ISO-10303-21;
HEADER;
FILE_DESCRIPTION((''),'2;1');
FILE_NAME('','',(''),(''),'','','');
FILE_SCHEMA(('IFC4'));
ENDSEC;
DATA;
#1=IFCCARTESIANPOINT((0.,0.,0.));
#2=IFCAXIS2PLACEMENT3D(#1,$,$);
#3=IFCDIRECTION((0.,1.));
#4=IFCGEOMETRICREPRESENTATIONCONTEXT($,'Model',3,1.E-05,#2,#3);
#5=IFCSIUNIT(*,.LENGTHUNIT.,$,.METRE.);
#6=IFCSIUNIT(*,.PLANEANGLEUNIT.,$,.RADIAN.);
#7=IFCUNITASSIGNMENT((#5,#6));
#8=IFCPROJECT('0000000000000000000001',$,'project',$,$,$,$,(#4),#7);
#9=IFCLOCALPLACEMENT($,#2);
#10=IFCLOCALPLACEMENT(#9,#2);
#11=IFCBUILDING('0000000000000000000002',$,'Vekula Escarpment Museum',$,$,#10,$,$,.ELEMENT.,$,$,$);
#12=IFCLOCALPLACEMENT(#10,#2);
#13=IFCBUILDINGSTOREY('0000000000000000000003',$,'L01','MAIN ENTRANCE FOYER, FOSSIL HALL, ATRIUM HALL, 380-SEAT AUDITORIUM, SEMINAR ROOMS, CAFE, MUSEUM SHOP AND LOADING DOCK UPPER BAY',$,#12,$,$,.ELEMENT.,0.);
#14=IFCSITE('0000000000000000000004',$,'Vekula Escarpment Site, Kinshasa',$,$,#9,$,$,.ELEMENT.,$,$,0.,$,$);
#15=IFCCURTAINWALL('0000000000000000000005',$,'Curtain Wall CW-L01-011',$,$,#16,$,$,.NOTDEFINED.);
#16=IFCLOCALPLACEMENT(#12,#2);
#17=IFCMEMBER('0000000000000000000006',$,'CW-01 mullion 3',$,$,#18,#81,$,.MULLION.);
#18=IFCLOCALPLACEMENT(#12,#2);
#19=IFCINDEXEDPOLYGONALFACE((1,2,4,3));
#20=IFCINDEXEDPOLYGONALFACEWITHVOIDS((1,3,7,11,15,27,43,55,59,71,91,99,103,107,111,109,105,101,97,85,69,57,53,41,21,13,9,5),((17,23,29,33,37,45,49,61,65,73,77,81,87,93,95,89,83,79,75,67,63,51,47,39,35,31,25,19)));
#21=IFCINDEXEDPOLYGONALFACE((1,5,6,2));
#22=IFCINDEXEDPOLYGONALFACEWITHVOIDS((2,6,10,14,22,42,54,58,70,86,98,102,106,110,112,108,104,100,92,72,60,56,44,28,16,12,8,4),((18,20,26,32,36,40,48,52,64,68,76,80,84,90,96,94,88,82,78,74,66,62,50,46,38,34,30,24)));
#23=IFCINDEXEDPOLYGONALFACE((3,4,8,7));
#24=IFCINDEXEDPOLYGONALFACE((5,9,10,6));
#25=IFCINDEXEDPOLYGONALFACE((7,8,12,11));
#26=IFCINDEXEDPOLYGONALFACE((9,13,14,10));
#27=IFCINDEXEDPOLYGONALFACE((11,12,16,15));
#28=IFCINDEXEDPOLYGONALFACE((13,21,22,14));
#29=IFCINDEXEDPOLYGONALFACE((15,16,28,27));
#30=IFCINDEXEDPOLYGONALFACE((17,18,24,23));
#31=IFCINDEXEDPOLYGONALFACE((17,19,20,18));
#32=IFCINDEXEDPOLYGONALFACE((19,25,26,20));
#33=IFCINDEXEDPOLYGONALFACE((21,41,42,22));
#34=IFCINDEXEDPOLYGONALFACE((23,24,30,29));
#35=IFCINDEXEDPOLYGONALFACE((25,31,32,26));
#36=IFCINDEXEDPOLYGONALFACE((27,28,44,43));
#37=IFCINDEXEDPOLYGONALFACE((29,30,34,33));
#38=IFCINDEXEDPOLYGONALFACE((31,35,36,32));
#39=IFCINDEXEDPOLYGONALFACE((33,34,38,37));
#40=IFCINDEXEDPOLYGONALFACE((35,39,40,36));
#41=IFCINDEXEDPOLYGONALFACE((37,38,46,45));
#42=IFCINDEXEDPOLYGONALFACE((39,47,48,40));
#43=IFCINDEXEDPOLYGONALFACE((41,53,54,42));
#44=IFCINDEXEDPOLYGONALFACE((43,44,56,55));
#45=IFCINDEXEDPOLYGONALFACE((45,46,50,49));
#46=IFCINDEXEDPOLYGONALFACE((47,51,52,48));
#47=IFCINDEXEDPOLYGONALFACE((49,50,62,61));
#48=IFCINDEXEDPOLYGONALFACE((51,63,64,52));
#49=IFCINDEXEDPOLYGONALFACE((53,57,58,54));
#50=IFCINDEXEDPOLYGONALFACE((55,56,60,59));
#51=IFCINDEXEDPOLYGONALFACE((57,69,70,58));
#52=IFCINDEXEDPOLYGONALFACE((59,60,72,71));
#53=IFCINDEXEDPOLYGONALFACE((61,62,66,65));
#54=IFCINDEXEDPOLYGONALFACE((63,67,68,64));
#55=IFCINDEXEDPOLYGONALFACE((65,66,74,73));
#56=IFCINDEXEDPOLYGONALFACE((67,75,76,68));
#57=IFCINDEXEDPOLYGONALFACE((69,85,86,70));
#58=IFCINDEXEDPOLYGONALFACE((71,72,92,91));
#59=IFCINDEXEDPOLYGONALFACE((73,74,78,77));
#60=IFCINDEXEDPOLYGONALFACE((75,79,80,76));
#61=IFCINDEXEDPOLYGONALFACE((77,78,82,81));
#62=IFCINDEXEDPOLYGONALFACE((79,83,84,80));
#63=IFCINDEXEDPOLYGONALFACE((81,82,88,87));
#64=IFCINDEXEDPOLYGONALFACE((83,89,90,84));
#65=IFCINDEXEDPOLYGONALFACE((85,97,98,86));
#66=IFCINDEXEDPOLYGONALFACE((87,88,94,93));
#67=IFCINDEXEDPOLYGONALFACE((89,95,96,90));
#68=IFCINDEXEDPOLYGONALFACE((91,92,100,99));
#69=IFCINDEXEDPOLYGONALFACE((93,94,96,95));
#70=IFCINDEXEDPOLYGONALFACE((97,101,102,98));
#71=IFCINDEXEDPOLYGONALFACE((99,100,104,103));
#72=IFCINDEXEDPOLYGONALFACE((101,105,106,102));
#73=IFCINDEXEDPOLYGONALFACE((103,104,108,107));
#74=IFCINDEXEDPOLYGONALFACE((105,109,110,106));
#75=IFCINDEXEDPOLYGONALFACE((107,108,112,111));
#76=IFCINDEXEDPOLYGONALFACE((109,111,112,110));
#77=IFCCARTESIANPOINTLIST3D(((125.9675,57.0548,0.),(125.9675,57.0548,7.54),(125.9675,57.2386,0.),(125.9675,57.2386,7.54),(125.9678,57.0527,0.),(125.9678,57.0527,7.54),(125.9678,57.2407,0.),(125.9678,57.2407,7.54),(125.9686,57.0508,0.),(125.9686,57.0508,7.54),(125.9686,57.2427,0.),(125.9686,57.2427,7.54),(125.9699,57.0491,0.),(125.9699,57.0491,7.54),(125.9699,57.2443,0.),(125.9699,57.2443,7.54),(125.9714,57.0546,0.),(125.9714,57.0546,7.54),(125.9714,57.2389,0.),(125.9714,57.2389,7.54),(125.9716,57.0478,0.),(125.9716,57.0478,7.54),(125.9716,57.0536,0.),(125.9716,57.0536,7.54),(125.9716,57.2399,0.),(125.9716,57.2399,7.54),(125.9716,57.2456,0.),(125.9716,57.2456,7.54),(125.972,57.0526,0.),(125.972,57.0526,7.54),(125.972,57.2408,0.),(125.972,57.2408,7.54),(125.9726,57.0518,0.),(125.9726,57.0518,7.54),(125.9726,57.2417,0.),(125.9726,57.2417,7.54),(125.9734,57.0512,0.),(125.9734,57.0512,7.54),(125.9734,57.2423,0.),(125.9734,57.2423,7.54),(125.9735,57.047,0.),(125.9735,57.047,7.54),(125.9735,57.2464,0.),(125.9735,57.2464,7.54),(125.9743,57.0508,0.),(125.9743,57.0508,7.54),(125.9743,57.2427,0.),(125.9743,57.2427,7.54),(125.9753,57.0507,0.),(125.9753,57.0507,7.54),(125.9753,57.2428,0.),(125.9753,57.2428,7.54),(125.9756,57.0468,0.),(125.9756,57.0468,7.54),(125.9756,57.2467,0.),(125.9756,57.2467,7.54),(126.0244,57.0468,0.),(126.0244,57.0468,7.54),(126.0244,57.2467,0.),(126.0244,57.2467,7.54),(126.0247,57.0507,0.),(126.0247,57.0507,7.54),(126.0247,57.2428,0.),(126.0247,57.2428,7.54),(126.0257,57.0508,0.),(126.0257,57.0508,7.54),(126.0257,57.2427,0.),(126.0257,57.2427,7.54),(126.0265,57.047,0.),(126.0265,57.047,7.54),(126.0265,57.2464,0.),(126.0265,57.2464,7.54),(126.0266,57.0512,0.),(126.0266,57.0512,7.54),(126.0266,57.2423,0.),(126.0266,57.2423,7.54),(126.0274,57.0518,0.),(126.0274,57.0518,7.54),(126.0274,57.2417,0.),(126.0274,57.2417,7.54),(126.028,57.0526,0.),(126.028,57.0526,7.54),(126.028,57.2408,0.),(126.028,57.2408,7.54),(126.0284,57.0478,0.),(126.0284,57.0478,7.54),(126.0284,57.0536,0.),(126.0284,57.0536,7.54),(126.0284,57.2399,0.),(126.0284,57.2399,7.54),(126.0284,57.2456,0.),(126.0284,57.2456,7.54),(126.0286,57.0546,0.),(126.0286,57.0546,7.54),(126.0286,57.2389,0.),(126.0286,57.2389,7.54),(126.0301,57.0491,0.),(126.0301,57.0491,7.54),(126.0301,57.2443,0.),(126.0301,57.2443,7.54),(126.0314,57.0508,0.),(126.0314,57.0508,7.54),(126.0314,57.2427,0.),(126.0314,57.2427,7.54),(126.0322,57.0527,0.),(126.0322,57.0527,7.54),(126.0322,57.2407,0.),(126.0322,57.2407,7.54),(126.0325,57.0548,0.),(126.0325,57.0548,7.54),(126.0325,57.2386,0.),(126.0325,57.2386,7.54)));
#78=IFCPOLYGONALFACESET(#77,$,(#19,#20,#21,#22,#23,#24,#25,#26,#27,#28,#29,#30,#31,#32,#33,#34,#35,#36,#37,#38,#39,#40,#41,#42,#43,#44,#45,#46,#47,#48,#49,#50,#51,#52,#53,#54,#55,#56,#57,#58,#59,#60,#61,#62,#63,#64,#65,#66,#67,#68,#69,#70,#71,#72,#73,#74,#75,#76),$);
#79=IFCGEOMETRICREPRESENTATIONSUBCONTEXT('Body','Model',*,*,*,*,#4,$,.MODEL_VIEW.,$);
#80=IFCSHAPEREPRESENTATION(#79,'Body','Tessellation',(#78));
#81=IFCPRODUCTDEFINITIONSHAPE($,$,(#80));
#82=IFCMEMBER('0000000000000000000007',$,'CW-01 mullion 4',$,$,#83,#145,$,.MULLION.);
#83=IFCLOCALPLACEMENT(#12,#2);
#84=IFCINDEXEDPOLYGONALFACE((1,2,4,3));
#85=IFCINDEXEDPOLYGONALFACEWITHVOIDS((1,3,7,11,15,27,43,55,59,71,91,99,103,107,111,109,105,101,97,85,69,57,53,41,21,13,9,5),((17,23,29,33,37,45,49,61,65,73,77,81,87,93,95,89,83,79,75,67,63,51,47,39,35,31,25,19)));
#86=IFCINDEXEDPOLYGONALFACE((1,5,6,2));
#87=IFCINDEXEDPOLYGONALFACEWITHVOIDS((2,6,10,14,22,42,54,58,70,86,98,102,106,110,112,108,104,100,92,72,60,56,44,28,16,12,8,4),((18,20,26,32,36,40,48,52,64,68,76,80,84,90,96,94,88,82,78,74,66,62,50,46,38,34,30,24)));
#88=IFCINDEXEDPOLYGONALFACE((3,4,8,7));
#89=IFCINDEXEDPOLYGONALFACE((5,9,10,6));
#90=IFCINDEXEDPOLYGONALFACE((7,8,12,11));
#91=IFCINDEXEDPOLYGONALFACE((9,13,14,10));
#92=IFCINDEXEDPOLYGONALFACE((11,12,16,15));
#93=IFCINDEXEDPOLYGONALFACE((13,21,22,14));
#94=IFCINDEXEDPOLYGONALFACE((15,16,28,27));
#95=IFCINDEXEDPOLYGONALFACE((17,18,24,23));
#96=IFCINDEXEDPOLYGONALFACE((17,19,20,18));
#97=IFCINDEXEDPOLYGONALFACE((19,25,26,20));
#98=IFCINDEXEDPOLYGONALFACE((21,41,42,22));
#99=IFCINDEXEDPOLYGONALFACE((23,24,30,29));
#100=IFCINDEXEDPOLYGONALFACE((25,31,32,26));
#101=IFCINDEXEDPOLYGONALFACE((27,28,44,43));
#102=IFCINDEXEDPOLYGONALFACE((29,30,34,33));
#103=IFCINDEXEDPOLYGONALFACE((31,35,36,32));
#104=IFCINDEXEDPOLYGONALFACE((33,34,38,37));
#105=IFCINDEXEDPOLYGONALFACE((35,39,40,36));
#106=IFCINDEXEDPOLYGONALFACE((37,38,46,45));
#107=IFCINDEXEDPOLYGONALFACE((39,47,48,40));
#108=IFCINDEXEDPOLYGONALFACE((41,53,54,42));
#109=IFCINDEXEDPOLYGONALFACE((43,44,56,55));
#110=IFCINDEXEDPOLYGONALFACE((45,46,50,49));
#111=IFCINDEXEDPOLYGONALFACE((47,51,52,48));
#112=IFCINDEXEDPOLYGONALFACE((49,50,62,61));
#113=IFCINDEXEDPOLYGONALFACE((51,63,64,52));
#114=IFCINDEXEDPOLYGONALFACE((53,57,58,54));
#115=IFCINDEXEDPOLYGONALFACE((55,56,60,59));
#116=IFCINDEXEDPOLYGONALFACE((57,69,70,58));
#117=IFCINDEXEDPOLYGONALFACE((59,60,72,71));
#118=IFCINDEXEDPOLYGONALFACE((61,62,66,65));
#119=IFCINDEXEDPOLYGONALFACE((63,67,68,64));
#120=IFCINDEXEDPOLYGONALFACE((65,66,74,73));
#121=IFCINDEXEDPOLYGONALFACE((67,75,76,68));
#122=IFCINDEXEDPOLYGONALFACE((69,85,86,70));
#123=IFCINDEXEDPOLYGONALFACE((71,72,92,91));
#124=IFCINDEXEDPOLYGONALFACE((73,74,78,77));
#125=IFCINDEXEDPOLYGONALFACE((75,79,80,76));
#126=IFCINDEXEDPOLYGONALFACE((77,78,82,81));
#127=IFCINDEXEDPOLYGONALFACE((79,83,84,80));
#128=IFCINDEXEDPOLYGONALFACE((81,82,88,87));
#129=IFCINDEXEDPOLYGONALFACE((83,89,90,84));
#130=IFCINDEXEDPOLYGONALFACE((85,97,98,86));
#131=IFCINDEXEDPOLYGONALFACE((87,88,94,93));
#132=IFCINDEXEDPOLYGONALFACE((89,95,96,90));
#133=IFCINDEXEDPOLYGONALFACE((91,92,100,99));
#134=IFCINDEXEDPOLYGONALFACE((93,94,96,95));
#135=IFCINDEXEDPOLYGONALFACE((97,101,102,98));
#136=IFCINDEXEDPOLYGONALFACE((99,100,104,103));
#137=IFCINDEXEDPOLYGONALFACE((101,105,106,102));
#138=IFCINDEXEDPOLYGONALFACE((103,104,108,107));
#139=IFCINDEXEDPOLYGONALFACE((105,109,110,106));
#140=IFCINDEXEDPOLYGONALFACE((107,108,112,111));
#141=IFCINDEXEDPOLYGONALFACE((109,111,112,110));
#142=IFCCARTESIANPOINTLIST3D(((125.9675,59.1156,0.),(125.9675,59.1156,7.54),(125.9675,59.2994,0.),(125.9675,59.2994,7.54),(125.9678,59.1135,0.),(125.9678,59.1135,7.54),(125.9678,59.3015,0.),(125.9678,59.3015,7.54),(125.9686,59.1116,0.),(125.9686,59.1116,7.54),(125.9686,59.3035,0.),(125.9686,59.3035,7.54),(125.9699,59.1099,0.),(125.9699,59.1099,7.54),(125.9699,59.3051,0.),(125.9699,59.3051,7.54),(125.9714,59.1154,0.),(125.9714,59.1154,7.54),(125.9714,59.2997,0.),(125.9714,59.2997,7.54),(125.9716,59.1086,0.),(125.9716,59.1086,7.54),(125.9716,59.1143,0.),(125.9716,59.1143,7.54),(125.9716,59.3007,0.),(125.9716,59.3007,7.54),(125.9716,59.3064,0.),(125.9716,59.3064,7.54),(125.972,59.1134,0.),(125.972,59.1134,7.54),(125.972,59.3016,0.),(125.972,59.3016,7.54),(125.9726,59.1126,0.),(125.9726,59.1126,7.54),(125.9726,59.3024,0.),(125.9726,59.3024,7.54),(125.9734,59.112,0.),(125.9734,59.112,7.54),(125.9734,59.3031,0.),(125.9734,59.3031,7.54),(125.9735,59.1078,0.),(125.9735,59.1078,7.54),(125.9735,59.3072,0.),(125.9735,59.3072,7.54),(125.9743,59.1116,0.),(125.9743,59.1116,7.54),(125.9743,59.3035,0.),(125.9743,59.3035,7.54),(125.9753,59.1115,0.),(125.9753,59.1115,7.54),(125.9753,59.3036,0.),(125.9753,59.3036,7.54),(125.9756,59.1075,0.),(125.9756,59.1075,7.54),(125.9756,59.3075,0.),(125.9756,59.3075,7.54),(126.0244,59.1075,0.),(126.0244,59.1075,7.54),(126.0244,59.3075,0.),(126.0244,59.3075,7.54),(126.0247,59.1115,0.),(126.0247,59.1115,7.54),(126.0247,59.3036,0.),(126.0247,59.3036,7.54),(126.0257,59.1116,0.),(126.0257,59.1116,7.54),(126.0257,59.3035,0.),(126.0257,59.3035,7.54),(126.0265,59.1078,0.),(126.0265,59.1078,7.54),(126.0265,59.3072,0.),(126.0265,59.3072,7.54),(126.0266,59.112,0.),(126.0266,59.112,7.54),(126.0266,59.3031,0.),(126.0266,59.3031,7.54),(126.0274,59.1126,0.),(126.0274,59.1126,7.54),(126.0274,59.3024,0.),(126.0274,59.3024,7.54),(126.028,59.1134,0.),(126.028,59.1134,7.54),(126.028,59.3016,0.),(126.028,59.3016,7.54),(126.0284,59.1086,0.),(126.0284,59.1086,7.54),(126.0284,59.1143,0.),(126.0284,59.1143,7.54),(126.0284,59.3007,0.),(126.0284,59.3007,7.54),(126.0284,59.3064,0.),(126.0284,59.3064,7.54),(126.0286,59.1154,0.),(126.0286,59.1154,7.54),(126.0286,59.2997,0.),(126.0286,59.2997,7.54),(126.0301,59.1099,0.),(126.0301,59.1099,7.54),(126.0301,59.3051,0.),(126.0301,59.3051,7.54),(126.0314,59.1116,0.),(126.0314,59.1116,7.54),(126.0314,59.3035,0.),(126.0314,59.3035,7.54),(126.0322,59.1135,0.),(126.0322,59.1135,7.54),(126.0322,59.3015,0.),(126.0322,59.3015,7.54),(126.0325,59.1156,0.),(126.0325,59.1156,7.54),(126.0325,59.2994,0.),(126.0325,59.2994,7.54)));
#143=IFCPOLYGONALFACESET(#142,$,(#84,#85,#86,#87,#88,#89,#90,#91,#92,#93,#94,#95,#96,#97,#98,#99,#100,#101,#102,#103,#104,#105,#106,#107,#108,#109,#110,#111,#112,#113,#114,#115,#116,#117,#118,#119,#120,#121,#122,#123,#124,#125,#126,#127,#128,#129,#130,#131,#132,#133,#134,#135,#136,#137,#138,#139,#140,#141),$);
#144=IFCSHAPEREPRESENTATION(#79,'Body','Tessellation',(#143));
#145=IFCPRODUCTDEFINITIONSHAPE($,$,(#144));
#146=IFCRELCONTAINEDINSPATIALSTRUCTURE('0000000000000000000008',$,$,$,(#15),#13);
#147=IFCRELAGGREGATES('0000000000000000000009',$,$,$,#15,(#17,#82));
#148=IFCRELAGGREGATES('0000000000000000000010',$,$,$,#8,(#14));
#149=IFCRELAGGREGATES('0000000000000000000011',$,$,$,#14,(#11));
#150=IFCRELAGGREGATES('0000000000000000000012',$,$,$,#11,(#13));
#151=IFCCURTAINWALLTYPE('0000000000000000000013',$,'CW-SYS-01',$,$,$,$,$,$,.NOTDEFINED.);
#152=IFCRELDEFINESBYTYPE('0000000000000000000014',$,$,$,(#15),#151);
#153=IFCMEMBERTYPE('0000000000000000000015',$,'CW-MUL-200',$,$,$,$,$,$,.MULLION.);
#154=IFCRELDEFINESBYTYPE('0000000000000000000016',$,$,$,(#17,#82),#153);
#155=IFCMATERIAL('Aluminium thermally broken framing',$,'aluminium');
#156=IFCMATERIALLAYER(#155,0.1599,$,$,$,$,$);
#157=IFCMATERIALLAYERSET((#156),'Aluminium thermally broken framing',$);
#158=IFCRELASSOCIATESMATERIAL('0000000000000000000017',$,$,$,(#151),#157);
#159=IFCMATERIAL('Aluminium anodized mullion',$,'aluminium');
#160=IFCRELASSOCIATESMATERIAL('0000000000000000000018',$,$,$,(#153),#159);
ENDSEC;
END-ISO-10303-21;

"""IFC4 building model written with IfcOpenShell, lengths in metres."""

from ifc_helpers import new_model, si_unit, direction, frame, origin, origin_2d, place, context, subcontext, project, spatial, hollow_rectangle, extrude, material, layer, layer_set, material_profile, profile_set, type_object, element, aggregate, save


model = new_model("IFC4")

# Units and contexts
model_context = context("Model", 3, precision=1e-05, world=origin(), true_north=direction((0.0, 1.0)))
body_context = subcontext(model_context, "Body", "Model", "MODEL_VIEW")
ifc_project = project(units=[si_unit("LENGTHUNIT", "METRE"), si_unit("PLANEANGLEUNIT", "RADIAN")], contexts=[model_context])

# Site, building, storey
site_placement = place(None, origin())
site = spatial("IfcSite", under=ifc_project, at=site_placement, Name="Vekula Escarpment Site, Kinshasa", CompositionType="ELEMENT", RefElevation=0.0)
building_placement = place(site_placement, origin())
building = spatial("IfcBuilding", under=site, at=building_placement, Name="Vekula Escarpment Museum", CompositionType="ELEMENT")
storey_placement = place(building_placement, origin())
storey = spatial("IfcBuildingStorey", under=building, at=storey_placement, Name="L01", Description="MAIN ENTRANCE FOYER, FOSSIL HALL, ATRIUM HALL, 380-SEAT AUDITORIUM, SEMINAR ROOMS, CAFE, MUSEUM SHOP AND LOADING DOCK UPPER BAY", CompositionType="ELEMENT", Elevation=0.0)

# Curtain wall, members
ifc_material_1 = material(Name="Aluminium thermally broken framing", Category="aluminium")
ifc_layer_1 = layer(ifc_material_1, 0.1599)
ifc_layer_set_1 = layer_set([ifc_layer_1], Name="Aluminium thermally broken framing")
curtain_wall_type = type_object("IfcCurtainWallType", Name="CW-SYS-01", PredefinedType="NOTDEFINED", material=ifc_layer_set_1)
curtain_wall_placement = place(storey_placement, origin())
curtain_wall = element("IfcCurtainWall", 1, at=curtain_wall_placement, inside=storey, type_object=curtain_wall_type, Name="Curtain Wall CW-L01-011", PredefinedType="NOTDEFINED")
ifc_material_2 = material(Name="Aluminium anodized mullion", Category="aluminium")
ifc_material_profile_1 = material_profile(ifc_material_2, hollow_rectangle(XDim=0.0649, YDim=0.2, WallThickness=0.0039, InnerFilletRadius=0.0039, OuterFilletRadius=0.0081, at=origin_2d()), Name="ALU 200x65x4")
ifc_profile_set_1 = profile_set([ifc_material_profile_1], Name="Aluminium anodized mullion")
member_type_1 = type_object("IfcMemberType", Name="CW-MUL-200", PredefinedType="MULLION", material=ifc_profile_set_1)
member_1_placement = place(storey_placement, frame((126.0, 57.1467, 0.0), z_axis=(0.0, 0.0, 1.0), x_axis=(-1.0, 0.0, 0.0)))
member_1 = element("IfcMember", 2, at=member_1_placement, type_object=member_type_1, Name="CW-01 mullion 3", PredefinedType="MULLION", context=body_context, shape_type="SweptSolid", body=[
    extrude(hollow_rectangle(XDim=0.0649, YDim=0.2, WallThickness=0.0039, InnerFilletRadius=0.0039, OuterFilletRadius=0.0081, at=origin_2d()), origin(), (0.0, 0.0, 1.0), 7.54),
])
member_2_placement = place(storey_placement, frame((126.0, 59.2075, 0.0), z_axis=(0.0, 0.0, 1.0), x_axis=(-1.0, 0.0, 0.0)))
member_2 = element("IfcMember", 3, at=member_2_placement, type_object=member_type_1, Name="CW-01 mullion 4", PredefinedType="MULLION", context=body_context, shape_type="SweptSolid", body=[
    extrude(hollow_rectangle(XDim=0.0649, YDim=0.2, WallThickness=0.0039, InnerFilletRadius=0.0039, OuterFilletRadius=0.0081, at=origin_2d()), origin(), (0.0, 0.0, 1.0), 7.54),
])
aggregate(curtain_wall, [member_1, member_2])

save(model, "model.ifc")
